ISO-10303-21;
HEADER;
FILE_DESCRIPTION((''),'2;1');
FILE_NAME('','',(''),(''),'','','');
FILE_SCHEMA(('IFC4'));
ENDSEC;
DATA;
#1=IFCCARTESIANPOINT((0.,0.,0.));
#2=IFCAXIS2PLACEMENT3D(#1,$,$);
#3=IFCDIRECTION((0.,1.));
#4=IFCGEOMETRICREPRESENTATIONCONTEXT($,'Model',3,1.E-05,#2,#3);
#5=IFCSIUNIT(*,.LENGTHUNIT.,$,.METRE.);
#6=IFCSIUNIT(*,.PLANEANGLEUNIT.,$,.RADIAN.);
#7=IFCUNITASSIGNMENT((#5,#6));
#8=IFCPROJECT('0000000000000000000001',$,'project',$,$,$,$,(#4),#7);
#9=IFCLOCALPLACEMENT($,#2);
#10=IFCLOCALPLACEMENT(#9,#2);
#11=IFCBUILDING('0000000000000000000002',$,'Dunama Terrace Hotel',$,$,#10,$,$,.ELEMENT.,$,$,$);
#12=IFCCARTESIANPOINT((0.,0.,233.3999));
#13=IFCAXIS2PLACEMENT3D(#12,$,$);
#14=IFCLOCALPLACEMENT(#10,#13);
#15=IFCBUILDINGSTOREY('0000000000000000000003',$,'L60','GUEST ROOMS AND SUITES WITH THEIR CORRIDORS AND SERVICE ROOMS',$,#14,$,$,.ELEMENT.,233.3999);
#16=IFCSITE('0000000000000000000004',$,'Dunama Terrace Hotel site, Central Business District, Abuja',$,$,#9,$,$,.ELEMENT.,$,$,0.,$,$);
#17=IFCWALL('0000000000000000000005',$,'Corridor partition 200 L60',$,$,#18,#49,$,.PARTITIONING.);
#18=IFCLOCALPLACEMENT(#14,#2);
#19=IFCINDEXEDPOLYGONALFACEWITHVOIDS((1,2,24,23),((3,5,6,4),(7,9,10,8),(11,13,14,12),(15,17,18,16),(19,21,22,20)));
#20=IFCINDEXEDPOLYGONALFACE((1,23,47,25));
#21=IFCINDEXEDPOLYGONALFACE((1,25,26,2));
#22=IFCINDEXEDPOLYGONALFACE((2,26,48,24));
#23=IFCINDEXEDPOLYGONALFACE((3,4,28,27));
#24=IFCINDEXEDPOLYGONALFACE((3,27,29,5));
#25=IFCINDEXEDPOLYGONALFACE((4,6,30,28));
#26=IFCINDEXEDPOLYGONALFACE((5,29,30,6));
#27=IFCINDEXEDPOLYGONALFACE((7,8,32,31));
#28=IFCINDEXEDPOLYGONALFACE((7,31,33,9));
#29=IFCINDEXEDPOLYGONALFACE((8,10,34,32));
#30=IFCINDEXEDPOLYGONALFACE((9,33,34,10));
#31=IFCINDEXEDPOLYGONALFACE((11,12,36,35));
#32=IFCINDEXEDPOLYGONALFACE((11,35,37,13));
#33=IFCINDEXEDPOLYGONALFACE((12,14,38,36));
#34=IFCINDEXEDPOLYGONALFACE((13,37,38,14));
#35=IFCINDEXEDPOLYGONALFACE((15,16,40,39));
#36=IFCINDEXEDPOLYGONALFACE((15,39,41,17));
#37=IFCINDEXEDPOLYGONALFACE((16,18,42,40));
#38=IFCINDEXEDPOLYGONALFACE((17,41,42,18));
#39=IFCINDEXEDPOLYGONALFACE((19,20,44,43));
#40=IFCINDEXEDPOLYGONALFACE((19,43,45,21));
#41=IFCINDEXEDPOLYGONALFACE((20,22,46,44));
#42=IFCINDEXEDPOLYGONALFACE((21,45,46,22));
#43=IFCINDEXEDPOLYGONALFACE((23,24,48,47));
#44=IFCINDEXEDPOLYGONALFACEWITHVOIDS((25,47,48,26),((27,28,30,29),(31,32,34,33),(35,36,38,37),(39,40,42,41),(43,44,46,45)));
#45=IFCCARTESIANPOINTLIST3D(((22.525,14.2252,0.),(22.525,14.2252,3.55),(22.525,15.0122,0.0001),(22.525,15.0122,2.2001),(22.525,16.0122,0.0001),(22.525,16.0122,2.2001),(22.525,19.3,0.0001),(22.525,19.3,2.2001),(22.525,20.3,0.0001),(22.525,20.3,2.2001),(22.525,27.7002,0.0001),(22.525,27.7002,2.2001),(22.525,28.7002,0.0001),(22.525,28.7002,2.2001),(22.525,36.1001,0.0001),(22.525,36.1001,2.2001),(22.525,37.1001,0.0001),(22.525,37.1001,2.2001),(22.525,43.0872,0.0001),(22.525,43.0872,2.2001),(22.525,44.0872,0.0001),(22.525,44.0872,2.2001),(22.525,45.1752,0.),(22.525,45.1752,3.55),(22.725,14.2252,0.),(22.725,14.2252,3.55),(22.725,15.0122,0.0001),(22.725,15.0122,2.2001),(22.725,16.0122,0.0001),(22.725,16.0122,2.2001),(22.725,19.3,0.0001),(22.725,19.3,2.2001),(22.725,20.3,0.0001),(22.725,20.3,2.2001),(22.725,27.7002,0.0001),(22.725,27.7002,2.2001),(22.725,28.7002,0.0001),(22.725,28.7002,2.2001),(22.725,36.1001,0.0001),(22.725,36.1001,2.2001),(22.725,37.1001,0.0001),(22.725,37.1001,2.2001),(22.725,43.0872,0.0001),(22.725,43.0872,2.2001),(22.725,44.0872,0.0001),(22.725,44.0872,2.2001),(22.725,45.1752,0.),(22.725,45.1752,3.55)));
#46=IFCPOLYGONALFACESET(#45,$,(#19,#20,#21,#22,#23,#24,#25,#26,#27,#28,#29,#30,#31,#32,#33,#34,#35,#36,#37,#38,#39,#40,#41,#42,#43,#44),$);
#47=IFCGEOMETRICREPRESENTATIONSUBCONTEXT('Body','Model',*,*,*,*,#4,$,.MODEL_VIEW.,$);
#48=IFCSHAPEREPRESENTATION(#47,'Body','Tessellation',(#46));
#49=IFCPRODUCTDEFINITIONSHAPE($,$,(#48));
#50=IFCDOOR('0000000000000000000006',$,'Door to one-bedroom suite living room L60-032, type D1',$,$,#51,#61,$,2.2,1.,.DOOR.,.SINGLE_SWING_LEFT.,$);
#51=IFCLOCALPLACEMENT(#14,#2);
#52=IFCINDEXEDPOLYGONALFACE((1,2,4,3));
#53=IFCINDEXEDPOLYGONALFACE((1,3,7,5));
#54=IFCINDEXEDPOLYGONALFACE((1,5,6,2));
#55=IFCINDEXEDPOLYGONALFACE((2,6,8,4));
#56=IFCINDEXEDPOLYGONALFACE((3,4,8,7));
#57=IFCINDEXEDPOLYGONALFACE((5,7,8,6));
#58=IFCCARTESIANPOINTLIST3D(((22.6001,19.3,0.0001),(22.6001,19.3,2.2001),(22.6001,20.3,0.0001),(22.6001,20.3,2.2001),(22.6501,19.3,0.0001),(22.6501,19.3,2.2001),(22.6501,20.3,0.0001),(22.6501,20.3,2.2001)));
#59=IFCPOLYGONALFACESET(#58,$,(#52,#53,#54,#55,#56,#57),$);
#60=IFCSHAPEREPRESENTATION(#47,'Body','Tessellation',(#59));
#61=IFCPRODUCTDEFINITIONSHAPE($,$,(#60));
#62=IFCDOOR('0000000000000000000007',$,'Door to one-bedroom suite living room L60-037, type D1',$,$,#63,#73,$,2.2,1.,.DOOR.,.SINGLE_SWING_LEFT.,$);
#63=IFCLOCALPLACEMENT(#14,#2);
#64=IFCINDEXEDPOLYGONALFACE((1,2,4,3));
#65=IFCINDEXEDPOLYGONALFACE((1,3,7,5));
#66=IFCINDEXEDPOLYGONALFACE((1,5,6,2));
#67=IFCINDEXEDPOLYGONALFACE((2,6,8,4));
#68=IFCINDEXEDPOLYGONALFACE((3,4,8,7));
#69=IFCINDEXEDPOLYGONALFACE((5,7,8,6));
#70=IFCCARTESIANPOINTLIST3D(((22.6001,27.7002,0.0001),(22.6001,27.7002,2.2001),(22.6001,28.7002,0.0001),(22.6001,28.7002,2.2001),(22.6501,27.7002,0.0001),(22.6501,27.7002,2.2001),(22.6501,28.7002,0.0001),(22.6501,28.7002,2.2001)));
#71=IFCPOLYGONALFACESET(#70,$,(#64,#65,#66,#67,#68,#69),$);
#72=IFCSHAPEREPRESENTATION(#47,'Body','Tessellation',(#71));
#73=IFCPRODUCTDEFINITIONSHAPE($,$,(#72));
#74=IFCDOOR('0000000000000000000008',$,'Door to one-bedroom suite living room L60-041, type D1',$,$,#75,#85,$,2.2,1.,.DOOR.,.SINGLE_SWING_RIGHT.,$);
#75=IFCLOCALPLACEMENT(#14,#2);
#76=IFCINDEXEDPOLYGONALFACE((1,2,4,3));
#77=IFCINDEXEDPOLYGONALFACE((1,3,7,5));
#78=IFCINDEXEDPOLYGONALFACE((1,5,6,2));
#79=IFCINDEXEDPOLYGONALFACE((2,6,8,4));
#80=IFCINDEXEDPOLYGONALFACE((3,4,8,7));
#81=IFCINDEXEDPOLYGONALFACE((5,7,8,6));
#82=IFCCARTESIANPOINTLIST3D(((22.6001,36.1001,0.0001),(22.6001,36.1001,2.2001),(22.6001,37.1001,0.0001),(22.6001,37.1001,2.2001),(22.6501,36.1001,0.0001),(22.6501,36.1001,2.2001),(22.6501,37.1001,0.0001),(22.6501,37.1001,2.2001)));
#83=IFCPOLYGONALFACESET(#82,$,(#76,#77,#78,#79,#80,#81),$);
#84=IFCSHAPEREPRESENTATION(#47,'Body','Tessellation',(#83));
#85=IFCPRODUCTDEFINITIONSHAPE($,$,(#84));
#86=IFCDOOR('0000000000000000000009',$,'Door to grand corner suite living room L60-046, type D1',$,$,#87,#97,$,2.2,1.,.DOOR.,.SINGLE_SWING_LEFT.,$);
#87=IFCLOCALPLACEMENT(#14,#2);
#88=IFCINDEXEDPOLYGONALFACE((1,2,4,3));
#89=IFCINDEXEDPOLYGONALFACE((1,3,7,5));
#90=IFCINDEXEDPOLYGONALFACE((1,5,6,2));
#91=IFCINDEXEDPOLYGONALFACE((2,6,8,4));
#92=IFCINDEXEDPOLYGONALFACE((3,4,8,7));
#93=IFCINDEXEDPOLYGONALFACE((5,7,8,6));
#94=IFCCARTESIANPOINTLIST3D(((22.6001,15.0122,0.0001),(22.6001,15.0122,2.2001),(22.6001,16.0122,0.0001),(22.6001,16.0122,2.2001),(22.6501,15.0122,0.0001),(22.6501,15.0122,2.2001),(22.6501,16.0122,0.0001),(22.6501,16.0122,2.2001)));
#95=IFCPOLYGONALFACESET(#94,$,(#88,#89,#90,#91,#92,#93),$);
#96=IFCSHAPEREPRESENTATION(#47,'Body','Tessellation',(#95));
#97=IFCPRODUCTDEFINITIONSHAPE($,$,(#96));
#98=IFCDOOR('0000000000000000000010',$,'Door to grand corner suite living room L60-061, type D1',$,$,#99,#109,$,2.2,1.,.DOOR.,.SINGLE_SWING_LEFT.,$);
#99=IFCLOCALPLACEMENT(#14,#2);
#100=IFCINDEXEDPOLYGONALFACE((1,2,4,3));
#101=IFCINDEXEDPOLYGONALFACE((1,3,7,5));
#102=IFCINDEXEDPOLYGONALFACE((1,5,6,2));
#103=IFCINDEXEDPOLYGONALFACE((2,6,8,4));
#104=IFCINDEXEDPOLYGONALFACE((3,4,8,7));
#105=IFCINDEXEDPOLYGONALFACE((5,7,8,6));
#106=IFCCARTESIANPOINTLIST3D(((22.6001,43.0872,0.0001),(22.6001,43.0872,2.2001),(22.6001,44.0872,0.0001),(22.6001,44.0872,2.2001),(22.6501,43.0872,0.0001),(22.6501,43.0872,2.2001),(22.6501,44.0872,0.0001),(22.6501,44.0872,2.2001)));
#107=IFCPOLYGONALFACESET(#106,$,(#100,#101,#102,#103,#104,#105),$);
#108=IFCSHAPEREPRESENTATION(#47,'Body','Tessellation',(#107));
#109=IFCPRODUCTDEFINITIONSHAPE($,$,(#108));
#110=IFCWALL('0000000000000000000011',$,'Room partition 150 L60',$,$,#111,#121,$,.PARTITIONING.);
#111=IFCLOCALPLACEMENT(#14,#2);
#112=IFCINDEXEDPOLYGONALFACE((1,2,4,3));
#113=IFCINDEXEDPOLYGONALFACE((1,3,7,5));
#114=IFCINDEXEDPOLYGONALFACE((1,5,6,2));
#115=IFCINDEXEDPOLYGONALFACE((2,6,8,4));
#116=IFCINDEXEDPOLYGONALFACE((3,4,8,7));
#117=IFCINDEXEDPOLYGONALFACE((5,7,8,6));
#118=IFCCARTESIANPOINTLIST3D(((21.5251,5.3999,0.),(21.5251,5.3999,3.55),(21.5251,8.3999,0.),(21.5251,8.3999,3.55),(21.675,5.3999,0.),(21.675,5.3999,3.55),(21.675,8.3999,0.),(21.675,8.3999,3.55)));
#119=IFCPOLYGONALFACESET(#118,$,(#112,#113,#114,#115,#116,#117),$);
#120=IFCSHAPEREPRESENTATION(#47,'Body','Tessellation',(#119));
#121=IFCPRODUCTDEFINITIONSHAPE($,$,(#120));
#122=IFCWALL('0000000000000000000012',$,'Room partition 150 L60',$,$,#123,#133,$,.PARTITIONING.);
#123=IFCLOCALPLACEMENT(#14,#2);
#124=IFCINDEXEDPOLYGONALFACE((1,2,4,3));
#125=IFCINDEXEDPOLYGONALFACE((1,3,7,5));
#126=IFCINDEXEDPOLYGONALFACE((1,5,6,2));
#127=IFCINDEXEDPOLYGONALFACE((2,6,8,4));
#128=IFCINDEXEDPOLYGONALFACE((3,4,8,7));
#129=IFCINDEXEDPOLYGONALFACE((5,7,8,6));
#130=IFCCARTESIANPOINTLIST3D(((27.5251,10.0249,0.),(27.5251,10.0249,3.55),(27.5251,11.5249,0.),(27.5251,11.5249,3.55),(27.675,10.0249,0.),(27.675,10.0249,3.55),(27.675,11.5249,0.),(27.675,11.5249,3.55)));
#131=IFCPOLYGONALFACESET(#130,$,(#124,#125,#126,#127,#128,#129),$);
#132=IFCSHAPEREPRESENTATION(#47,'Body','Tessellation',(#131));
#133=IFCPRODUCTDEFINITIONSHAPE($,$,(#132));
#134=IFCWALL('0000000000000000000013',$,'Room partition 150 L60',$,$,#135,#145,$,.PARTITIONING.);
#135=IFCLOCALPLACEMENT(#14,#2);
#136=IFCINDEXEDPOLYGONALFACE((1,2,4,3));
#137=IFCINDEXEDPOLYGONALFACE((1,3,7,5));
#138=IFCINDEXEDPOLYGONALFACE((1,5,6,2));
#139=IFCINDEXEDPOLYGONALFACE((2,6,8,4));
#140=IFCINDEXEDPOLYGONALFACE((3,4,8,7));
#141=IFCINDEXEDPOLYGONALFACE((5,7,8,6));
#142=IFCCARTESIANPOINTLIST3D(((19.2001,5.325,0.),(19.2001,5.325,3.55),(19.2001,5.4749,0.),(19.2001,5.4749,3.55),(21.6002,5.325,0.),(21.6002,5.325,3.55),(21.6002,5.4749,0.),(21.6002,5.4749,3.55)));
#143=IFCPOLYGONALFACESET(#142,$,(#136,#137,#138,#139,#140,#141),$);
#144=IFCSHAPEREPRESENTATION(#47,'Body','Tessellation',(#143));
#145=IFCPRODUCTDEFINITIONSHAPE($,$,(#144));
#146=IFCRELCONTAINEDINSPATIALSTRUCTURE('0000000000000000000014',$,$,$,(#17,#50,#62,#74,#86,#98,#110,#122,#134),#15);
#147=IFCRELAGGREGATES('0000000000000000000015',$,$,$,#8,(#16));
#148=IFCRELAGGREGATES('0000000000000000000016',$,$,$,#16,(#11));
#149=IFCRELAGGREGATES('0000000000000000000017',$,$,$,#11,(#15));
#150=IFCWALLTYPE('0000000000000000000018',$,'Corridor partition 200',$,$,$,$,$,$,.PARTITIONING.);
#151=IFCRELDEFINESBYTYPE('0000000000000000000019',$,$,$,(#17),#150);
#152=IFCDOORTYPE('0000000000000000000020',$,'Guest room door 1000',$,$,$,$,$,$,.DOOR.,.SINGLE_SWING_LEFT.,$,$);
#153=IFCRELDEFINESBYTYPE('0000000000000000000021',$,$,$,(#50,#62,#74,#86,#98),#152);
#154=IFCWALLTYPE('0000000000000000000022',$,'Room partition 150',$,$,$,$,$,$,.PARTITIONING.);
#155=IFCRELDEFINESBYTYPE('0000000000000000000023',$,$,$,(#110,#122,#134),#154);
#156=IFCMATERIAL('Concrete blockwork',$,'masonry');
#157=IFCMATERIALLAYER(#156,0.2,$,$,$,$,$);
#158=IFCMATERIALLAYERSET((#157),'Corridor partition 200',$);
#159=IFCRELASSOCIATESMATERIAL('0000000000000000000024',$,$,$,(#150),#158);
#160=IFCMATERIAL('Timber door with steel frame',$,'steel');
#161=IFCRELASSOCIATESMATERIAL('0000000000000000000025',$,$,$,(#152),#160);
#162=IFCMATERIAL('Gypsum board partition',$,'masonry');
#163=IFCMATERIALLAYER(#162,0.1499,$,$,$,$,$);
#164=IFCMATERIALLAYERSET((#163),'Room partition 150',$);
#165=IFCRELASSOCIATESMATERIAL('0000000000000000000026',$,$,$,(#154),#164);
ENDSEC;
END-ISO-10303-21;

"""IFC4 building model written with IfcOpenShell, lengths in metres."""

from ifc_helpers import new_model, si_unit, direction, frame, frame_2d, origin, place, context, subcontext, project, spatial, rectangle, extrude, material, layer, layer_set, type_object, element, fill, save


model = new_model("IFC4")

# Units and contexts
model_context = context("Model", 3, precision=1e-05, world=origin(), true_north=direction((0.0, 1.0)))
body_context = subcontext(model_context, "Body", "Model", "MODEL_VIEW")
ifc_project = project(units=[si_unit("LENGTHUNIT", "METRE"), si_unit("PLANEANGLEUNIT", "RADIAN")], contexts=[model_context])

# Site, building, storey
site_placement = place(None, origin())
site = spatial("IfcSite", under=ifc_project, at=site_placement, Name="Dunama Terrace Hotel site, Central Business District, Abuja", CompositionType="ELEMENT", RefElevation=0.0)
building_placement = place(site_placement, origin())
building = spatial("IfcBuilding", under=site, at=building_placement, Name="Dunama Terrace Hotel", CompositionType="ELEMENT")
storey_placement = place(building_placement, frame((0.0, 0.0, 233.3999)))
storey = spatial("IfcBuildingStorey", under=building, at=storey_placement, Name="L60", Description="GUEST ROOMS AND SUITES WITH THEIR CORRIDORS AND SERVICE ROOMS", CompositionType="ELEMENT", Elevation=233.3999)

# Wall, openings, doors
ifc_material_1 = material(Name="Concrete blockwork", Category="masonry")
ifc_layer_1 = layer(ifc_material_1, 0.2)
ifc_layer_set_1 = layer_set([ifc_layer_1], Name="Corridor partition 200")
wall_type_1 = type_object("IfcWallType", Name="Corridor partition 200", PredefinedType="PARTITIONING", material=ifc_layer_set_1)
wall_1_placement = place(storey_placement, frame((22.625, 14.2251, 0.0), z_axis=(0.0, 0.0, 1.0), x_axis=(0.0, 1.0, 0.0)))
wall_1 = element("IfcWall", 1, at=wall_1_placement, inside=storey, type_object=wall_type_1, Name="Corridor partition 200 L60", PredefinedType="PARTITIONING", context=body_context, shape_type="SweptSolid", body=[
    extrude(rectangle(XDim=30.95, YDim=0.2, at=frame_2d((15.4751, 0.0))), origin(), (0.0, 0.0, 1.0), 3.55),
])
opening_1_placement = place(wall_1_placement, frame((5.075, 0.0, 0.0)))
opening_1 = element("IfcOpeningElement", 2, at=opening_1_placement, cuts=wall_1, PredefinedType="OPENING", context=body_context, shape_type="SweptSolid", body=[
    extrude(rectangle(XDim=1.0, YDim=2.2, at=frame_2d((0.5, 1.1001))), frame((0.0, 0.1099, 0.0), z_axis=(0.0, -1.0, 0.0), x_axis=(1.0, 0.0, 0.0)), (0.0, 0.0, 1.0), 0.22),
])
opening_2_placement = place(wall_1_placement, frame((13.4751, 0.0, 0.0)))
opening_2 = element("IfcOpeningElement", 3, at=opening_2_placement, cuts=wall_1, PredefinedType="OPENING", context=body_context, shape_type="SweptSolid", body=[
    extrude(rectangle(XDim=1.0, YDim=2.2, at=frame_2d((0.5, 1.1001))), frame((0.0, 0.1099, 0.0), z_axis=(0.0, -1.0, 0.0), x_axis=(1.0, 0.0, 0.0)), (0.0, 0.0, 1.0), 0.22),
])
opening_3_placement = place(wall_1_placement, frame((21.875, 0.0, 0.0)))
opening_3 = element("IfcOpeningElement", 4, at=opening_3_placement, cuts=wall_1, PredefinedType="OPENING", context=body_context, shape_type="SweptSolid", body=[
    extrude(rectangle(XDim=1.0, YDim=2.2, at=frame_2d((0.5, 1.1001))), frame((0.0, 0.1099, 0.0), z_axis=(0.0, -1.0, 0.0), x_axis=(1.0, 0.0, 0.0)), (0.0, 0.0, 1.0), 0.22),
])
opening_4_placement = place(wall_1_placement, frame((0.7871, 0.0, 0.0)))
opening_4 = element("IfcOpeningElement", 5, at=opening_4_placement, cuts=wall_1, PredefinedType="OPENING", context=body_context, shape_type="SweptSolid", body=[
    extrude(rectangle(XDim=1.0, YDim=2.2, at=frame_2d((0.5, 1.1001))), frame((0.0, 0.1099, 0.0), z_axis=(0.0, -1.0, 0.0), x_axis=(1.0, 0.0, 0.0)), (0.0, 0.0, 1.0), 0.22),
])
opening_5_placement = place(wall_1_placement, frame((28.8621, 0.0, 0.0)))
opening_5 = element("IfcOpeningElement", 6, at=opening_5_placement, cuts=wall_1, PredefinedType="OPENING", context=body_context, shape_type="SweptSolid", body=[
    extrude(rectangle(XDim=1.0, YDim=2.2, at=frame_2d((0.5, 1.1001))), frame((0.0, 0.1099, 0.0), z_axis=(0.0, -1.0, 0.0), x_axis=(1.0, 0.0, 0.0)), (0.0, 0.0, 1.0), 0.22),
])
ifc_material_2 = material(Name="Timber door with steel frame", Category="steel")
door_type_1 = type_object("IfcDoorType", Name="Guest room door 1000", OperationType="SINGLE_SWING_LEFT", PredefinedType="DOOR", material=ifc_material_2)
door_1_placement = place(opening_1_placement, origin())
door_1 = element("IfcDoor", 7, at=door_1_placement, inside=storey, type_object=door_type_1, Name="Door to one-bedroom suite living room L60-032, type D1", OperationType="SINGLE_SWING_LEFT", OverallHeight=2.2, OverallWidth=1.0, PredefinedType="DOOR", context=body_context, shape_type="SweptSolid", body=[
    extrude(rectangle(XDim=1.0, YDim=2.2, at=frame_2d((0.5, 1.1001))), frame((0.0, 0.0249, 0.0), z_axis=(0.0, -1.0, 0.0), x_axis=(1.0, 0.0, 0.0)), (0.0, 0.0, 1.0), 0.05),
])
fill(opening_1, door_1)
door_2_placement = place(opening_2_placement, origin())
door_2 = element("IfcDoor", 8, at=door_2_placement, inside=storey, type_object=door_type_1, Name="Door to one-bedroom suite living room L60-037, type D1", OperationType="SINGLE_SWING_LEFT", OverallHeight=2.2, OverallWidth=1.0, PredefinedType="DOOR", context=body_context, shape_type="SweptSolid", body=[
    extrude(rectangle(XDim=1.0, YDim=2.2, at=frame_2d((0.5, 1.1001))), frame((0.0, 0.0249, 0.0), z_axis=(0.0, -1.0, 0.0), x_axis=(1.0, 0.0, 0.0)), (0.0, 0.0, 1.0), 0.05),
])
fill(opening_2, door_2)
door_3_placement = place(opening_3_placement, origin())
door_3 = element("IfcDoor", 9, at=door_3_placement, inside=storey, type_object=door_type_1, Name="Door to one-bedroom suite living room L60-041, type D1", OperationType="SINGLE_SWING_RIGHT", OverallHeight=2.2, OverallWidth=1.0, PredefinedType="DOOR", context=body_context, shape_type="SweptSolid", body=[
    extrude(rectangle(XDim=1.0, YDim=2.2, at=frame_2d((0.5, 1.1001))), frame((0.0, 0.0249, 0.0), z_axis=(0.0, -1.0, 0.0), x_axis=(1.0, 0.0, 0.0)), (0.0, 0.0, 1.0), 0.05),
])
fill(opening_3, door_3)
door_4_placement = place(opening_4_placement, origin())
door_4 = element("IfcDoor", 10, at=door_4_placement, inside=storey, type_object=door_type_1, Name="Door to grand corner suite living room L60-046, type D1", OperationType="SINGLE_SWING_LEFT", OverallHeight=2.2, OverallWidth=1.0, PredefinedType="DOOR", context=body_context, shape_type="SweptSolid", body=[
    extrude(rectangle(XDim=1.0, YDim=2.2, at=frame_2d((0.5, 1.1001))), frame((0.0, 0.0249, 0.0), z_axis=(0.0, -1.0, 0.0), x_axis=(1.0, 0.0, 0.0)), (0.0, 0.0, 1.0), 0.05),
])
fill(opening_4, door_4)
door_5_placement = place(opening_5_placement, origin())
door_5 = element("IfcDoor", 11, at=door_5_placement, inside=storey, type_object=door_type_1, Name="Door to grand corner suite living room L60-061, type D1", OperationType="SINGLE_SWING_LEFT", OverallHeight=2.2, OverallWidth=1.0, PredefinedType="DOOR", context=body_context, shape_type="SweptSolid", body=[
    extrude(rectangle(XDim=1.0, YDim=2.2, at=frame_2d((0.5, 1.1001))), frame((0.0, 0.0249, 0.0), z_axis=(0.0, -1.0, 0.0), x_axis=(1.0, 0.0, 0.0)), (0.0, 0.0, 1.0), 0.05),
])
fill(opening_5, door_5)

# Walls
ifc_material_3 = material(Name="Gypsum board partition", Category="masonry")
ifc_layer_2 = layer(ifc_material_3, 0.1499)
ifc_layer_set_2 = layer_set([ifc_layer_2], Name="Room partition 150")
wall_type_2 = type_object("IfcWallType", Name="Room partition 150", PredefinedType="PARTITIONING", material=ifc_layer_set_2)
wall_2_placement = place(storey_placement, frame((21.6001, 5.3999, 0.0), z_axis=(0.0, 0.0, 1.0), x_axis=(0.0, 1.0, 0.0)))
element("IfcWall", 12, at=wall_2_placement, inside=storey, type_object=wall_type_2, Name="Room partition 150 L60", PredefinedType="PARTITIONING", context=body_context, shape_type="SweptSolid", body=[
    extrude(rectangle(XDim=3.0, YDim=0.1499, at=frame_2d((1.5, 0.0))), origin(), (0.0, 0.0, 1.0), 3.55),
])
wall_3_placement = place(storey_placement, frame((27.6001, 10.0249, 0.0), z_axis=(0.0, 0.0, 1.0), x_axis=(0.0, 1.0, 0.0)))
element("IfcWall", 13, at=wall_3_placement, inside=storey, type_object=wall_type_2, Name="Room partition 150 L60", PredefinedType="PARTITIONING", context=body_context, shape_type="SweptSolid", body=[
    extrude(rectangle(XDim=1.5, YDim=0.1499, at=frame_2d((0.75, 0.0))), origin(), (0.0, 0.0, 1.0), 3.55),
])
wall_4_placement = place(storey_placement, frame((19.2, 5.3999, 0.0), z_axis=(0.0, 0.0, 1.0), x_axis=(1.0, 0.0, 0.0)))
element("IfcWall", 14, at=wall_4_placement, inside=storey, type_object=wall_type_2, Name="Room partition 150 L60", PredefinedType="PARTITIONING", context=body_context, shape_type="SweptSolid", body=[
    extrude(rectangle(XDim=2.4001, YDim=0.1499, at=frame_2d((1.2002, 0.0))), origin(), (0.0, 0.0, 1.0), 3.55),
])

save(model, "model.ifc")
